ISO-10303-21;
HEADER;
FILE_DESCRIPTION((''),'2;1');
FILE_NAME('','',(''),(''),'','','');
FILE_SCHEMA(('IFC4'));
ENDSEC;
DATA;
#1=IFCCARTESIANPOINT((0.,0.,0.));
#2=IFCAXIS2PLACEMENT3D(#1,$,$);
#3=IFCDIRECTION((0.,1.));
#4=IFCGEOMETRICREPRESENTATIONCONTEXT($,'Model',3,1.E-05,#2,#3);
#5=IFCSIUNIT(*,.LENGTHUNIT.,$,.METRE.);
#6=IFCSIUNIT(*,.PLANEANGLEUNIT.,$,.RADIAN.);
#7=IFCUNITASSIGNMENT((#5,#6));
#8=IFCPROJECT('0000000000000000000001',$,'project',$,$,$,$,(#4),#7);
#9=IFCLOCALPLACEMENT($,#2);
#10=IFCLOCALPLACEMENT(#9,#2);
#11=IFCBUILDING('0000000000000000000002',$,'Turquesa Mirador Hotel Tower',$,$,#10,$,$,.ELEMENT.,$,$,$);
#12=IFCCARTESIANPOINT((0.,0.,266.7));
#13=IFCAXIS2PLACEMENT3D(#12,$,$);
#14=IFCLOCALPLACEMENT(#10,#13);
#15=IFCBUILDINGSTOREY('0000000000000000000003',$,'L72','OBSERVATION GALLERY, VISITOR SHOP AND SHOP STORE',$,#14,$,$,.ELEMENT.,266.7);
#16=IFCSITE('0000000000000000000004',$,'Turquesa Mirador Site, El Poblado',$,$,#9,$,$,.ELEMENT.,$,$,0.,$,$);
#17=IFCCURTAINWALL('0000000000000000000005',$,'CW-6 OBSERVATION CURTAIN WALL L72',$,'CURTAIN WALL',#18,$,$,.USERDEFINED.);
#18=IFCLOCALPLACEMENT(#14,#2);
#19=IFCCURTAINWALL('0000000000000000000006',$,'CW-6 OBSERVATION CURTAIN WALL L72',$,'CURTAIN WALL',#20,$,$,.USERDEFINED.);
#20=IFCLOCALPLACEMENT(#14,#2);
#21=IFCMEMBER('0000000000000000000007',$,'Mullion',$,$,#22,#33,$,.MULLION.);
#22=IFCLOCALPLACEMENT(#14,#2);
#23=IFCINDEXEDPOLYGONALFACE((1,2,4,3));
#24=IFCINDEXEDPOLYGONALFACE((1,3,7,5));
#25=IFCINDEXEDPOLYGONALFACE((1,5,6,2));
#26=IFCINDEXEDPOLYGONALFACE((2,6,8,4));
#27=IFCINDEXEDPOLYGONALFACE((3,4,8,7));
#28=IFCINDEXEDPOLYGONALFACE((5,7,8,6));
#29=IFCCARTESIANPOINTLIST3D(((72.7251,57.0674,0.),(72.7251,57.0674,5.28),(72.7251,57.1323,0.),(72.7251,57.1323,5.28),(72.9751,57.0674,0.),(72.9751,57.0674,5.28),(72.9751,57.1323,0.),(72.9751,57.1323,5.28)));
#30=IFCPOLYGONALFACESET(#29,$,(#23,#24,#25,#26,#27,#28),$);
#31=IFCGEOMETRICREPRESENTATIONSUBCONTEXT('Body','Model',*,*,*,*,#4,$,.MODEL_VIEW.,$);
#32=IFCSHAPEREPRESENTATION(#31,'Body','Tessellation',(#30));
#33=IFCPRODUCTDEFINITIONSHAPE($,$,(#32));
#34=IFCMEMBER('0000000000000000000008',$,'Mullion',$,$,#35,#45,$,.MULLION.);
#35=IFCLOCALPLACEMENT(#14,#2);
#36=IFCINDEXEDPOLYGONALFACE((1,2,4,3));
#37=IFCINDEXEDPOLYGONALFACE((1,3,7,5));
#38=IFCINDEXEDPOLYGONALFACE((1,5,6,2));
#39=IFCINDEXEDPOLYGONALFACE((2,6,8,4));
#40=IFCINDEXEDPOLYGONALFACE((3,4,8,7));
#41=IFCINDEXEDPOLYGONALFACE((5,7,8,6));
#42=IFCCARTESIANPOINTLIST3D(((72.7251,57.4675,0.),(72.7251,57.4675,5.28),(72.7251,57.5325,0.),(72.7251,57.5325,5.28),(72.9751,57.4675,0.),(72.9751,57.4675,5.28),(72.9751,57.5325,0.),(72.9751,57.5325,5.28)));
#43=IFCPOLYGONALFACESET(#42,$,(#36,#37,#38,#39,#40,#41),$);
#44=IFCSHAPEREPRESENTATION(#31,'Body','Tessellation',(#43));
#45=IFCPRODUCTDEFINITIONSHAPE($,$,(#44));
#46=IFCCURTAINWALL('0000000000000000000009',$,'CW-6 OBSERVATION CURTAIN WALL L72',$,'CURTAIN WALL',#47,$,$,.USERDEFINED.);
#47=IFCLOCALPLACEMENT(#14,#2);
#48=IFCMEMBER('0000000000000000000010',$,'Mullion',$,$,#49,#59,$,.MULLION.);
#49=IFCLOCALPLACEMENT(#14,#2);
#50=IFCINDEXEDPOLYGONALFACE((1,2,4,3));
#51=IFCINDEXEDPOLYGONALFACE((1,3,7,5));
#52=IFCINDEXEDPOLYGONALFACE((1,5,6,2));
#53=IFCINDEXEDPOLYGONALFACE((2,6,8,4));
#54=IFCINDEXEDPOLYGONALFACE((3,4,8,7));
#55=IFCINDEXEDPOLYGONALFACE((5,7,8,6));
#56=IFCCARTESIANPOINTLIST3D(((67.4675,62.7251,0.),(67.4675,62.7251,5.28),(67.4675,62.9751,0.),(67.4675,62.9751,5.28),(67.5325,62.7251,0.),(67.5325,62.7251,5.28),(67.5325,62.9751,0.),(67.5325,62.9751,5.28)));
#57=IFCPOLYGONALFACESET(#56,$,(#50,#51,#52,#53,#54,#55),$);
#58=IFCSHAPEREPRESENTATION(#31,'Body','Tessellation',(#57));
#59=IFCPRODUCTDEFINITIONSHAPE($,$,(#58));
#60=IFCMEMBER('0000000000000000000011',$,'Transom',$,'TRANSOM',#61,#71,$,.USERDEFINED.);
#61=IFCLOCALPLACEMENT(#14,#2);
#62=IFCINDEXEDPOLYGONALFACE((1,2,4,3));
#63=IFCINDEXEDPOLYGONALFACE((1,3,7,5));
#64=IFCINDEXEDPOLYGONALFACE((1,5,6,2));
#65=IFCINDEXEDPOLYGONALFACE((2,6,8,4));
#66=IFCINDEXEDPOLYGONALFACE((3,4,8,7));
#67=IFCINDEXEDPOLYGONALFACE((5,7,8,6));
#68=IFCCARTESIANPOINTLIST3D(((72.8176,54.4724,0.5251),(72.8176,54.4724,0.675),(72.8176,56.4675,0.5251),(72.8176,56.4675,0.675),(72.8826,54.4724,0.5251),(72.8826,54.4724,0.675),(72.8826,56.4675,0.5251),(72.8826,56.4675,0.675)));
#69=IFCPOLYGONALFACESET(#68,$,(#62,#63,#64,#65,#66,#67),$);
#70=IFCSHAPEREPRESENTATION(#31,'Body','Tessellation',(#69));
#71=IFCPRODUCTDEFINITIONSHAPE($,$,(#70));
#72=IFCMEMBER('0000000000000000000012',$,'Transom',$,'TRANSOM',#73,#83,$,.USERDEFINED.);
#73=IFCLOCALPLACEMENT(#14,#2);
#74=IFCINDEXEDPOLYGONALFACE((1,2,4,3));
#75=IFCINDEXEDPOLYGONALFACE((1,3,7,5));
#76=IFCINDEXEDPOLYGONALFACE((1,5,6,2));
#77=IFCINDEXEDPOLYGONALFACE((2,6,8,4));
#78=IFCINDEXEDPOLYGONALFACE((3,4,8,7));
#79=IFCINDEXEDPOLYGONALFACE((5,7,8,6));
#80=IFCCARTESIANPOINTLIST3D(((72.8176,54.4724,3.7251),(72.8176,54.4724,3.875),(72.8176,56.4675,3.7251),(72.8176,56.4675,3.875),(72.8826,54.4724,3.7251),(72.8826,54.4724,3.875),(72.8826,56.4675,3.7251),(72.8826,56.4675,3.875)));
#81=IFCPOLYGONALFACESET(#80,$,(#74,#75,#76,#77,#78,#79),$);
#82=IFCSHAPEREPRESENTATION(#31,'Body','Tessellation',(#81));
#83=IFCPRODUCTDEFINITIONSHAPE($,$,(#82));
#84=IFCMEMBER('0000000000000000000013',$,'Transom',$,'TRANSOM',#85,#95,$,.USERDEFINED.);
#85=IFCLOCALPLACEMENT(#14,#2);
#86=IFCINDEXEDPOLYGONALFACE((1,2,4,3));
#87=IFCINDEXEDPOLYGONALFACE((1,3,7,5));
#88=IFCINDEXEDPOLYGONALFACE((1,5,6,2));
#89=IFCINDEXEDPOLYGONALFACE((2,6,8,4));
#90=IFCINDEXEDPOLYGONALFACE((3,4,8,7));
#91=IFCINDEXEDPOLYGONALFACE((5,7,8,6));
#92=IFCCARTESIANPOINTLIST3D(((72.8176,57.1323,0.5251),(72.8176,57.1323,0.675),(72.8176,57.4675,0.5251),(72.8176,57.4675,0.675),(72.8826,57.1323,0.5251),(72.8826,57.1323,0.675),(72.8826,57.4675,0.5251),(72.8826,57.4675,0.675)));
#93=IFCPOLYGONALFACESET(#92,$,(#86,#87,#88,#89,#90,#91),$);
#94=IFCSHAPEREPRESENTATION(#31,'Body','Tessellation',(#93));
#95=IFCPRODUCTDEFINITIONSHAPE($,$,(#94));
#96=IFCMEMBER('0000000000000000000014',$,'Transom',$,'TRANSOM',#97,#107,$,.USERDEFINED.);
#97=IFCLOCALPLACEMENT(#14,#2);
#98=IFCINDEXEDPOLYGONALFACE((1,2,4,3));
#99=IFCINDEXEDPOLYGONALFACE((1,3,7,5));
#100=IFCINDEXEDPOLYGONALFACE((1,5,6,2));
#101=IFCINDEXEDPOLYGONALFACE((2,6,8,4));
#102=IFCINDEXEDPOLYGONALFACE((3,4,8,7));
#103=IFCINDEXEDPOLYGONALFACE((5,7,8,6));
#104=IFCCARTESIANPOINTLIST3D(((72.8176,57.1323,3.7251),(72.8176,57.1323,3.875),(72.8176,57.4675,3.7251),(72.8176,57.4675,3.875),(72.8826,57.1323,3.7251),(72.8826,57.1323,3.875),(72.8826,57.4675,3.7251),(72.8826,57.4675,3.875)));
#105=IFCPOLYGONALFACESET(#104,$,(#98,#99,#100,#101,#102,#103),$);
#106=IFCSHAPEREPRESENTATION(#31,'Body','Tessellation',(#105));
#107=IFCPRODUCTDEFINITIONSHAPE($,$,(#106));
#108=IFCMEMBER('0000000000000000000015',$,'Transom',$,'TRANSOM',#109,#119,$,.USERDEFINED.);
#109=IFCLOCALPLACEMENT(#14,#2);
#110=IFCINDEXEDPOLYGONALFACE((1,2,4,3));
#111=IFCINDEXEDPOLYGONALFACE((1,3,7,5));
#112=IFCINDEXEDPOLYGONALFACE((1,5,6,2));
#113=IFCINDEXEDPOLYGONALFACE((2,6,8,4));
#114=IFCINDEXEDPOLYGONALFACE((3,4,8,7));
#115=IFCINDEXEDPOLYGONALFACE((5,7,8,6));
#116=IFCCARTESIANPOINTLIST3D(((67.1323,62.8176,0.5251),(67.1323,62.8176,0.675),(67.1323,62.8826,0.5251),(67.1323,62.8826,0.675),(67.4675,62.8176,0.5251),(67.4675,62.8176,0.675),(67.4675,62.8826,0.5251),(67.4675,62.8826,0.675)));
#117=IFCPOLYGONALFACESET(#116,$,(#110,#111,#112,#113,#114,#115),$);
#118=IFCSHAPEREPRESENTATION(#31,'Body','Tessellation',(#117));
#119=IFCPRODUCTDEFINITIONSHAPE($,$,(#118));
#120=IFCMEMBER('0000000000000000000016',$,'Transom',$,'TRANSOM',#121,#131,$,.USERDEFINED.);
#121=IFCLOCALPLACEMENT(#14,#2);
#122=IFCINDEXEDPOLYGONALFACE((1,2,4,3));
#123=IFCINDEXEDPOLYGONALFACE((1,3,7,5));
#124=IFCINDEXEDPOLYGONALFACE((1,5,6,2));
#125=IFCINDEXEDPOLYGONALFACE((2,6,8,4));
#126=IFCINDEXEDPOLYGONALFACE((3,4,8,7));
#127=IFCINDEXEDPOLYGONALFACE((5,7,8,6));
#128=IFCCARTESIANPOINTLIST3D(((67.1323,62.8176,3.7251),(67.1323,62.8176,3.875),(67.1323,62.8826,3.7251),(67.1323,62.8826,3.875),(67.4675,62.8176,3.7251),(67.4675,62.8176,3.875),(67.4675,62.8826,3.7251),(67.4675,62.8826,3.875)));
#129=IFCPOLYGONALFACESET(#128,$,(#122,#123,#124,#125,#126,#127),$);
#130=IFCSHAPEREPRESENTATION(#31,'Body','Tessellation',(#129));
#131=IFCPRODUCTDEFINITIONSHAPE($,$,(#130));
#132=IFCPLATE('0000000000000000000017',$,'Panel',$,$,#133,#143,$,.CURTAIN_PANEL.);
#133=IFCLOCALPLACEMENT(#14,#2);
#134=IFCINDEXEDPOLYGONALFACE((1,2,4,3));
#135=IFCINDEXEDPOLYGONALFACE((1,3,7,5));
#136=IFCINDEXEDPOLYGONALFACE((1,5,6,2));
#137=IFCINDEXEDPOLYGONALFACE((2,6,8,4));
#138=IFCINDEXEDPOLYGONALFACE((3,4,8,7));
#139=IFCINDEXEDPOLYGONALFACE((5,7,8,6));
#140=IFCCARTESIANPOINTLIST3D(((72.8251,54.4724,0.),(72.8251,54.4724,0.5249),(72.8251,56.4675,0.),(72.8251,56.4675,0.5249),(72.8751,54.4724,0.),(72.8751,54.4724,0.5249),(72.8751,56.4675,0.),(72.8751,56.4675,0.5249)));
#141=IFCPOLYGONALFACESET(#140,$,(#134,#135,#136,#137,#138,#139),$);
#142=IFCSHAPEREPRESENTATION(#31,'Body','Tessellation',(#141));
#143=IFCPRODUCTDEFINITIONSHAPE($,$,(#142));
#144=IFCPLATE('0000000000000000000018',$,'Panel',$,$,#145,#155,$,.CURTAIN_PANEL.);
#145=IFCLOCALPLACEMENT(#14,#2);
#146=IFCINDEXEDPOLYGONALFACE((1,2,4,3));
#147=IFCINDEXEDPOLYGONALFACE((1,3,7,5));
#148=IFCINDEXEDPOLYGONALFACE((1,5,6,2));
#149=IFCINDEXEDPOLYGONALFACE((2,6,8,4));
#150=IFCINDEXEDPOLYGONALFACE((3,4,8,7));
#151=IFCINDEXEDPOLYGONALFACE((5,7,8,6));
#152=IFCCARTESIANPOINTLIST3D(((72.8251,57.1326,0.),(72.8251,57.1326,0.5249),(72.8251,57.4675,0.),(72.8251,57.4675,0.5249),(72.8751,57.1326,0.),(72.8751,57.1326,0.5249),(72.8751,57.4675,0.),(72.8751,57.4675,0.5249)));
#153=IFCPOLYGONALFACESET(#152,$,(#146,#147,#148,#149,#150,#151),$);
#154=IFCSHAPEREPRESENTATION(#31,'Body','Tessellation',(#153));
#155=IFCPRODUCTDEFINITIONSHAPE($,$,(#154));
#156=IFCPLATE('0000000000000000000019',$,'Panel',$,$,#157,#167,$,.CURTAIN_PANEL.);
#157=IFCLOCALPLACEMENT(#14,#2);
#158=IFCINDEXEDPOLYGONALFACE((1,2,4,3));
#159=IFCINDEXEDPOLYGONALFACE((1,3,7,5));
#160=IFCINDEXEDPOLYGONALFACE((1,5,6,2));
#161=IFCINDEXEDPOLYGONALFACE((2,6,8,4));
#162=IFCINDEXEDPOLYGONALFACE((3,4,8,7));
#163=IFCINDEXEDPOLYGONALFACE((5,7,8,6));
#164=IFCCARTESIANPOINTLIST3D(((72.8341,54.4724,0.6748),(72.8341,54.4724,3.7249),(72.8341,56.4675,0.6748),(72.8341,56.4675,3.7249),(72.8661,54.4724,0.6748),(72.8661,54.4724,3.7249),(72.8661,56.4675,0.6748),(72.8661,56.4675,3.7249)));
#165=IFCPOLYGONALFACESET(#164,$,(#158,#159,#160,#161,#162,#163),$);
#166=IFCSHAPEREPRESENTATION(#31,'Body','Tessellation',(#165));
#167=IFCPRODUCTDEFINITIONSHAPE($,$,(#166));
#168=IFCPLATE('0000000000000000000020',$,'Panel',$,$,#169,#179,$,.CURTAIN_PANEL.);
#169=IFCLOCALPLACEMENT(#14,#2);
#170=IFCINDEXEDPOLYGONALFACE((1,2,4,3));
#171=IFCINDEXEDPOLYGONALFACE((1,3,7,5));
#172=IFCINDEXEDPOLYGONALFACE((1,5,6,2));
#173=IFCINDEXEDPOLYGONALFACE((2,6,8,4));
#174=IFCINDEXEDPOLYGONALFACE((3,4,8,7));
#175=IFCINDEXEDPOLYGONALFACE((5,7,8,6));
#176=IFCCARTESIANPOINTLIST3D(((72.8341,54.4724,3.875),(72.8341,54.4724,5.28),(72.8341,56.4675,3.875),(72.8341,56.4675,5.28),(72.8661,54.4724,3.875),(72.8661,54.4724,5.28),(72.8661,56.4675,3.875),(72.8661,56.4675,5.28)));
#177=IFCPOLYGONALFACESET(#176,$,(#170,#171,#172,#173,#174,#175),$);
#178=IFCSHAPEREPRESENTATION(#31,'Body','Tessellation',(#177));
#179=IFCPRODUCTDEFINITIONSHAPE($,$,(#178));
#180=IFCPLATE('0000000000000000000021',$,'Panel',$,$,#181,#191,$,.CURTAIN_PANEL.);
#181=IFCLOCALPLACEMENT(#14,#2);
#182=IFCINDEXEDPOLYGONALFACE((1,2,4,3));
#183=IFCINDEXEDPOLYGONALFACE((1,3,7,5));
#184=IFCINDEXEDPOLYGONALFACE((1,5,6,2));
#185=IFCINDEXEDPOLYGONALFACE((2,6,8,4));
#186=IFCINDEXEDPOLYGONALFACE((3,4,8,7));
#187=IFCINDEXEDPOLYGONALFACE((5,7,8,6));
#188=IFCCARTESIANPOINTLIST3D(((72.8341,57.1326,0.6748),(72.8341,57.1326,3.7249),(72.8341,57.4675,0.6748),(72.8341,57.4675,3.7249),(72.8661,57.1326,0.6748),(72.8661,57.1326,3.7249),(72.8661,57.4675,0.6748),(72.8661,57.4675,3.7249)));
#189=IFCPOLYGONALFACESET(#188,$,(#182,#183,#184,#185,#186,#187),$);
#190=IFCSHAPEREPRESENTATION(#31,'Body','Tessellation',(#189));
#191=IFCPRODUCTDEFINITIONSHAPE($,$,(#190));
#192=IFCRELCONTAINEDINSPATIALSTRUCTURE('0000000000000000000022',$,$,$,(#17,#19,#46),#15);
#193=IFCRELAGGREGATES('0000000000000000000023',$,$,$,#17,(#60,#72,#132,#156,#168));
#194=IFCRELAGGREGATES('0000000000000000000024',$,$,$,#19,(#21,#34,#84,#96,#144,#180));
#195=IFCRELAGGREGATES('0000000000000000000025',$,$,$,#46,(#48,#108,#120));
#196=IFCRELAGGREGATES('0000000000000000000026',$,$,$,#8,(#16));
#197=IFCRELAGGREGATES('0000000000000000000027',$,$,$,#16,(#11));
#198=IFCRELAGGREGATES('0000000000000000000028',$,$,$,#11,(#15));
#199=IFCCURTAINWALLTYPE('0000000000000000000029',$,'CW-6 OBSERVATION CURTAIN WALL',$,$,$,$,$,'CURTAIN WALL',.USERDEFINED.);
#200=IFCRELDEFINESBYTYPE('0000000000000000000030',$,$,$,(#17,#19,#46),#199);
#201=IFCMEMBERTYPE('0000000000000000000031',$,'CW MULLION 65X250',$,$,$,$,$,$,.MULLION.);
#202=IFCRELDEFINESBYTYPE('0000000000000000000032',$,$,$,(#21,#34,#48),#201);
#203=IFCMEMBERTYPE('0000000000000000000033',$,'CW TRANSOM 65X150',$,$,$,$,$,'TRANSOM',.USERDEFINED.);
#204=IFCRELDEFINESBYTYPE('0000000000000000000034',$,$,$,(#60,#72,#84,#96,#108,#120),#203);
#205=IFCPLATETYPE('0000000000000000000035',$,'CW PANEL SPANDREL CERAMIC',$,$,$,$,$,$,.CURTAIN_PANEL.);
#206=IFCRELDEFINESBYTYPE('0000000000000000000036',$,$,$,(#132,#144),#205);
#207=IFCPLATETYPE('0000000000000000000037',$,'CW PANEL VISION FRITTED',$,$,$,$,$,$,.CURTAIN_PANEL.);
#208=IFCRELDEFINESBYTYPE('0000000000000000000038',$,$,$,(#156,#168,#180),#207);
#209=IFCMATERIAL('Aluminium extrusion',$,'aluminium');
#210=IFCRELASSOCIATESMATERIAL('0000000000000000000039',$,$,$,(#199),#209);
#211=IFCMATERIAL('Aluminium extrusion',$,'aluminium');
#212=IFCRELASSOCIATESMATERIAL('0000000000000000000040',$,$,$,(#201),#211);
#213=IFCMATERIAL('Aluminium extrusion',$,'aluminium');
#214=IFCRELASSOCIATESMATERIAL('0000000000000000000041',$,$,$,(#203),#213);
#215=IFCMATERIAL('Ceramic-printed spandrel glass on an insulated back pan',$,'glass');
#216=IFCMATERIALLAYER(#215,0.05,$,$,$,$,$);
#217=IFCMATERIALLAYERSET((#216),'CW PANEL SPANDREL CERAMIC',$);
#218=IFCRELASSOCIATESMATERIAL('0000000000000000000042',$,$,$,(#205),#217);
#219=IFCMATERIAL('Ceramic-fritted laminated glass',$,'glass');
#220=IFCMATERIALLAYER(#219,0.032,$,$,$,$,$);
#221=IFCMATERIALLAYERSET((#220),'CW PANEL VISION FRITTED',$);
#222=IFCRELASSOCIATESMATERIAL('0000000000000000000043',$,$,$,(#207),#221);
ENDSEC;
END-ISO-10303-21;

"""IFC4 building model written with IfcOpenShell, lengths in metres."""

from ifc_helpers import new_model, si_unit, direction, frame, origin, origin_2d, place, context, subcontext, project, spatial, rectangle, extrude, material, layer, layer_set, material_profile, profile_set, type_object, element, aggregate, save


model = new_model("IFC4")

# Units and contexts
model_context = context("Model", 3, precision=1e-05, world=origin(), true_north=direction((0.0, 1.0)))
body_context = subcontext(model_context, "Body", "Model", "MODEL_VIEW")
ifc_project = project(units=[si_unit("LENGTHUNIT", "METRE"), si_unit("PLANEANGLEUNIT", "RADIAN")], contexts=[model_context])

# Site, building, storey
site_placement = place(None, origin())
site = spatial("IfcSite", under=ifc_project, at=site_placement, Name="Turquesa Mirador Site, El Poblado", CompositionType="ELEMENT", RefElevation=0.0)
building_placement = place(site_placement, origin())
building = spatial("IfcBuilding", under=site, at=building_placement, Name="Turquesa Mirador Hotel Tower", CompositionType="ELEMENT")
storey_placement = place(building_placement, frame((0.0, 0.0, 266.7)))
storey = spatial("IfcBuildingStorey", under=building, at=storey_placement, Name="L72", Description="OBSERVATION GALLERY, VISITOR SHOP AND SHOP STORE", CompositionType="ELEMENT", Elevation=266.7)

# Curtain walls, members
ifc_material_1 = material(Name="Aluminium extrusion", Category="aluminium")
curtain_wall_type = type_object("IfcCurtainWallType", Name="CW-6 OBSERVATION CURTAIN WALL", ElementType="CURTAIN WALL", PredefinedType="USERDEFINED", material=ifc_material_1)
curtain_wall_1_placement = place(storey_placement, origin())
curtain_wall_1 = element("IfcCurtainWall", 1, at=curtain_wall_1_placement, inside=storey, type_object=curtain_wall_type, Name="CW-6 OBSERVATION CURTAIN WALL L72", ObjectType="CURTAIN WALL", PredefinedType="USERDEFINED")
ifc_material_2 = material(Name="Aluminium extrusion", Category="aluminium")
ifc_material_profile_1 = material_profile(ifc_material_2, rectangle(XDim=0.0649, YDim=0.25, at=origin_2d()), Name="MULLION 65X250")
ifc_profile_set_1 = profile_set([ifc_material_profile_1], Name="Aluminium extrusion")
member_type_1 = type_object("IfcMemberType", Name="CW MULLION 65X250", PredefinedType="MULLION", material=ifc_profile_set_1)
curtain_wall_2_placement = place(storey_placement, origin())
curtain_wall_2 = element("IfcCurtainWall", 2, at=curtain_wall_2_placement, inside=storey, type_object=curtain_wall_type, Name="CW-6 OBSERVATION CURTAIN WALL L72", ObjectType="CURTAIN WALL", PredefinedType="USERDEFINED")
member_1_placement = place(storey_placement, frame((72.8501, 57.0999, 0.0), z_axis=(0.0, 0.0, 1.0), x_axis=(0.0, 1.0, 0.0)))
member_1 = element("IfcMember", 3, at=member_1_placement, type_object=member_type_1, Name="Mullion", PredefinedType="MULLION", context=body_context, shape_type="SweptSolid", body=[
    extrude(rectangle(XDim=0.0649, YDim=0.25, at=origin_2d()), origin(), (0.0, 0.0, 1.0), 5.28),
])
member_2_placement = place(storey_placement, frame((72.8501, 57.5, 0.0), z_axis=(0.0, 0.0, 1.0), x_axis=(0.0, 1.0, 0.0)))
member_2 = element("IfcMember", 4, at=member_2_placement, type_object=member_type_1, Name="Mullion", PredefinedType="MULLION", context=body_context, shape_type="SweptSolid", body=[
    extrude(rectangle(XDim=0.0649, YDim=0.25, at=origin_2d()), origin(), (0.0, 0.0, 1.0), 5.28),
])

# Curtain wall, member
curtain_wall_3_placement = place(storey_placement, origin())
curtain_wall_3 = element("IfcCurtainWall", 5, at=curtain_wall_3_placement, inside=storey, type_object=curtain_wall_type, Name="CW-6 OBSERVATION CURTAIN WALL L72", ObjectType="CURTAIN WALL", PredefinedType="USERDEFINED")
member_3_placement = place(storey_placement, frame((67.5, 62.8501, 0.0), z_axis=(0.0, 0.0, 1.0), x_axis=(-1.0, 0.0, 0.0)))
member_3 = element("IfcMember", 6, at=member_3_placement, type_object=member_type_1, Name="Mullion", PredefinedType="MULLION", context=body_context, shape_type="SweptSolid", body=[
    extrude(rectangle(XDim=0.0649, YDim=0.25, at=origin_2d()), origin(), (0.0, 0.0, 1.0), 5.28),
])

# Members
ifc_material_3 = material(Name="Aluminium extrusion", Category="aluminium")
ifc_material_profile_2 = material_profile(ifc_material_3, rectangle(XDim=0.0649, YDim=0.1499, at=origin_2d()), Name="TRANSOM 65X150")
ifc_profile_set_2 = profile_set([ifc_material_profile_2], Name="Aluminium extrusion")
member_type_2 = type_object("IfcMemberType", Name="CW TRANSOM 65X150", ElementType="TRANSOM", PredefinedType="USERDEFINED", material=ifc_profile_set_2)
member_4_placement = place(storey_placement, frame((72.8501, 54.4724, 0.6001), z_axis=(0.0, 1.0, 0.0), x_axis=(-1.0, 0.0, 0.0)))
member_4 = element("IfcMember", 7, at=member_4_placement, type_object=member_type_2, Name="Transom", ObjectType="TRANSOM", PredefinedType="USERDEFINED", context=body_context, shape_type="SweptSolid", body=[
    extrude(rectangle(XDim=0.0649, YDim=0.1499, at=origin_2d()), origin(), (0.0, 0.0, 1.0), 1.9951),
])
member_5_placement = place(storey_placement, frame((72.8501, 54.4724, 3.8), z_axis=(0.0, 1.0, 0.0), x_axis=(-1.0, 0.0, 0.0)))
member_5 = element("IfcMember", 8, at=member_5_placement, type_object=member_type_2, Name="Transom", ObjectType="TRANSOM", PredefinedType="USERDEFINED", context=body_context, shape_type="SweptSolid", body=[
    extrude(rectangle(XDim=0.0649, YDim=0.1499, at=origin_2d()), origin(), (0.0, 0.0, 1.0), 1.9951),
])
member_6_placement = place(storey_placement, frame((72.8501, 57.1323, 0.6001), z_axis=(0.0, 1.0, 0.0), x_axis=(-1.0, 0.0, 0.0)))
member_6 = element("IfcMember", 9, at=member_6_placement, type_object=member_type_2, Name="Transom", ObjectType="TRANSOM", PredefinedType="USERDEFINED", context=body_context, shape_type="SweptSolid", body=[
    extrude(rectangle(XDim=0.0649, YDim=0.1499, at=origin_2d()), origin(), (0.0, 0.0, 1.0), 0.3352),
])
member_7_placement = place(storey_placement, frame((72.8501, 57.1323, 3.8), z_axis=(0.0, 1.0, 0.0), x_axis=(-1.0, 0.0, 0.0)))
member_7 = element("IfcMember", 10, at=member_7_placement, type_object=member_type_2, Name="Transom", ObjectType="TRANSOM", PredefinedType="USERDEFINED", context=body_context, shape_type="SweptSolid", body=[
    extrude(rectangle(XDim=0.0649, YDim=0.1499, at=origin_2d()), origin(), (0.0, 0.0, 1.0), 0.3352),
])
member_8_placement = place(storey_placement, frame((67.4675, 62.8501, 0.6001), z_axis=(-1.0, 0.0, 0.0), x_axis=(0.0, -1.0, 0.0)))
member_8 = element("IfcMember", 11, at=member_8_placement, type_object=member_type_2, Name="Transom", ObjectType="TRANSOM", PredefinedType="USERDEFINED", context=body_context, shape_type="SweptSolid", body=[
    extrude(rectangle(XDim=0.0649, YDim=0.1499, at=origin_2d()), origin(), (0.0, 0.0, 1.0), 0.3352),
])
member_9_placement = place(storey_placement, frame((67.4675, 62.8501, 3.8), z_axis=(-1.0, 0.0, 0.0), x_axis=(0.0, -1.0, 0.0)))
member_9 = element("IfcMember", 12, at=member_9_placement, type_object=member_type_2, Name="Transom", ObjectType="TRANSOM", PredefinedType="USERDEFINED", context=body_context, shape_type="SweptSolid", body=[
    extrude(rectangle(XDim=0.0649, YDim=0.1499, at=origin_2d()), origin(), (0.0, 0.0, 1.0), 0.3352),
])

# Plates
ifc_material_4 = material(Name="Ceramic-printed spandrel glass on an insulated back pan", Category="glass")
ifc_layer_1 = layer(ifc_material_4, 0.05)
ifc_layer_set_1 = layer_set([ifc_layer_1], Name="CW PANEL SPANDREL CERAMIC")
plate_type_1 = type_object("IfcPlateType", Name="CW PANEL SPANDREL CERAMIC", PredefinedType="CURTAIN_PANEL", material=ifc_layer_set_1)
plate_1_placement = place(storey_placement, frame((72.8501, 55.47, 0.0), z_axis=(0.0, 0.0, 1.0), x_axis=(0.0, 1.0, 0.0)))
plate_1 = element("IfcPlate", 13, at=plate_1_placement, type_object=plate_type_1, Name="Panel", PredefinedType="CURTAIN_PANEL", context=body_context, shape_type="SweptSolid", body=[
    extrude(rectangle(XDim=1.9951, YDim=0.05, at=origin_2d()), origin(), (0.0, 0.0, 1.0), 0.5249),
])
plate_2_placement = place(storey_placement, frame((72.8501, 57.3, 0.0), z_axis=(0.0, 0.0, 1.0), x_axis=(0.0, 1.0, 0.0)))
plate_2 = element("IfcPlate", 14, at=plate_2_placement, type_object=plate_type_1, Name="Panel", PredefinedType="CURTAIN_PANEL", context=body_context, shape_type="SweptSolid", body=[
    extrude(rectangle(XDim=0.335, YDim=0.05, at=origin_2d()), origin(), (0.0, 0.0, 1.0), 0.5249),
])
ifc_material_5 = material(Name="Ceramic-fritted laminated glass", Category="glass")
ifc_layer_2 = layer(ifc_material_5, 0.032)
ifc_layer_set_2 = layer_set([ifc_layer_2], Name="CW PANEL VISION FRITTED")
plate_type_2 = type_object("IfcPlateType", Name="CW PANEL VISION FRITTED", PredefinedType="CURTAIN_PANEL", material=ifc_layer_set_2)
plate_3_placement = place(storey_placement, frame((72.8501, 55.47, 0.6748), z_axis=(0.0, 0.0, 1.0), x_axis=(0.0, 1.0, 0.0)))
plate_3 = element("IfcPlate", 15, at=plate_3_placement, type_object=plate_type_2, Name="Panel", PredefinedType="CURTAIN_PANEL", context=body_context, shape_type="SweptSolid", body=[
    extrude(rectangle(XDim=1.9951, YDim=0.032, at=origin_2d()), origin(), (0.0, 0.0, 1.0), 3.05),
])
plate_4_placement = place(storey_placement, frame((72.8501, 55.47, 3.875), z_axis=(0.0, 0.0, 1.0), x_axis=(0.0, 1.0, 0.0)))
plate_4 = element("IfcPlate", 16, at=plate_4_placement, type_object=plate_type_2, Name="Panel", PredefinedType="CURTAIN_PANEL", context=body_context, shape_type="SweptSolid", body=[
    extrude(rectangle(XDim=1.9951, YDim=0.032, at=origin_2d()), origin(), (0.0, 0.0, 1.0), 1.405),
])
aggregate(curtain_wall_1, [member_4, member_5, plate_1, plate_3, plate_4])
plate_5_placement = place(storey_placement, frame((72.8501, 57.3, 0.6748), z_axis=(0.0, 0.0, 1.0), x_axis=(0.0, 1.0, 0.0)))
plate_5 = element("IfcPlate", 17, at=plate_5_placement, type_object=plate_type_2, Name="Panel", PredefinedType="CURTAIN_PANEL", context=body_context, shape_type="SweptSolid", body=[
    extrude(rectangle(XDim=0.335, YDim=0.032, at=origin_2d()), origin(), (0.0, 0.0, 1.0), 3.05),
])
aggregate(curtain_wall_2, [member_1, member_2, member_6, member_7, plate_2, plate_5])
aggregate(curtain_wall_3, [member_3, member_8, member_9])

save(model, "model.ifc")
